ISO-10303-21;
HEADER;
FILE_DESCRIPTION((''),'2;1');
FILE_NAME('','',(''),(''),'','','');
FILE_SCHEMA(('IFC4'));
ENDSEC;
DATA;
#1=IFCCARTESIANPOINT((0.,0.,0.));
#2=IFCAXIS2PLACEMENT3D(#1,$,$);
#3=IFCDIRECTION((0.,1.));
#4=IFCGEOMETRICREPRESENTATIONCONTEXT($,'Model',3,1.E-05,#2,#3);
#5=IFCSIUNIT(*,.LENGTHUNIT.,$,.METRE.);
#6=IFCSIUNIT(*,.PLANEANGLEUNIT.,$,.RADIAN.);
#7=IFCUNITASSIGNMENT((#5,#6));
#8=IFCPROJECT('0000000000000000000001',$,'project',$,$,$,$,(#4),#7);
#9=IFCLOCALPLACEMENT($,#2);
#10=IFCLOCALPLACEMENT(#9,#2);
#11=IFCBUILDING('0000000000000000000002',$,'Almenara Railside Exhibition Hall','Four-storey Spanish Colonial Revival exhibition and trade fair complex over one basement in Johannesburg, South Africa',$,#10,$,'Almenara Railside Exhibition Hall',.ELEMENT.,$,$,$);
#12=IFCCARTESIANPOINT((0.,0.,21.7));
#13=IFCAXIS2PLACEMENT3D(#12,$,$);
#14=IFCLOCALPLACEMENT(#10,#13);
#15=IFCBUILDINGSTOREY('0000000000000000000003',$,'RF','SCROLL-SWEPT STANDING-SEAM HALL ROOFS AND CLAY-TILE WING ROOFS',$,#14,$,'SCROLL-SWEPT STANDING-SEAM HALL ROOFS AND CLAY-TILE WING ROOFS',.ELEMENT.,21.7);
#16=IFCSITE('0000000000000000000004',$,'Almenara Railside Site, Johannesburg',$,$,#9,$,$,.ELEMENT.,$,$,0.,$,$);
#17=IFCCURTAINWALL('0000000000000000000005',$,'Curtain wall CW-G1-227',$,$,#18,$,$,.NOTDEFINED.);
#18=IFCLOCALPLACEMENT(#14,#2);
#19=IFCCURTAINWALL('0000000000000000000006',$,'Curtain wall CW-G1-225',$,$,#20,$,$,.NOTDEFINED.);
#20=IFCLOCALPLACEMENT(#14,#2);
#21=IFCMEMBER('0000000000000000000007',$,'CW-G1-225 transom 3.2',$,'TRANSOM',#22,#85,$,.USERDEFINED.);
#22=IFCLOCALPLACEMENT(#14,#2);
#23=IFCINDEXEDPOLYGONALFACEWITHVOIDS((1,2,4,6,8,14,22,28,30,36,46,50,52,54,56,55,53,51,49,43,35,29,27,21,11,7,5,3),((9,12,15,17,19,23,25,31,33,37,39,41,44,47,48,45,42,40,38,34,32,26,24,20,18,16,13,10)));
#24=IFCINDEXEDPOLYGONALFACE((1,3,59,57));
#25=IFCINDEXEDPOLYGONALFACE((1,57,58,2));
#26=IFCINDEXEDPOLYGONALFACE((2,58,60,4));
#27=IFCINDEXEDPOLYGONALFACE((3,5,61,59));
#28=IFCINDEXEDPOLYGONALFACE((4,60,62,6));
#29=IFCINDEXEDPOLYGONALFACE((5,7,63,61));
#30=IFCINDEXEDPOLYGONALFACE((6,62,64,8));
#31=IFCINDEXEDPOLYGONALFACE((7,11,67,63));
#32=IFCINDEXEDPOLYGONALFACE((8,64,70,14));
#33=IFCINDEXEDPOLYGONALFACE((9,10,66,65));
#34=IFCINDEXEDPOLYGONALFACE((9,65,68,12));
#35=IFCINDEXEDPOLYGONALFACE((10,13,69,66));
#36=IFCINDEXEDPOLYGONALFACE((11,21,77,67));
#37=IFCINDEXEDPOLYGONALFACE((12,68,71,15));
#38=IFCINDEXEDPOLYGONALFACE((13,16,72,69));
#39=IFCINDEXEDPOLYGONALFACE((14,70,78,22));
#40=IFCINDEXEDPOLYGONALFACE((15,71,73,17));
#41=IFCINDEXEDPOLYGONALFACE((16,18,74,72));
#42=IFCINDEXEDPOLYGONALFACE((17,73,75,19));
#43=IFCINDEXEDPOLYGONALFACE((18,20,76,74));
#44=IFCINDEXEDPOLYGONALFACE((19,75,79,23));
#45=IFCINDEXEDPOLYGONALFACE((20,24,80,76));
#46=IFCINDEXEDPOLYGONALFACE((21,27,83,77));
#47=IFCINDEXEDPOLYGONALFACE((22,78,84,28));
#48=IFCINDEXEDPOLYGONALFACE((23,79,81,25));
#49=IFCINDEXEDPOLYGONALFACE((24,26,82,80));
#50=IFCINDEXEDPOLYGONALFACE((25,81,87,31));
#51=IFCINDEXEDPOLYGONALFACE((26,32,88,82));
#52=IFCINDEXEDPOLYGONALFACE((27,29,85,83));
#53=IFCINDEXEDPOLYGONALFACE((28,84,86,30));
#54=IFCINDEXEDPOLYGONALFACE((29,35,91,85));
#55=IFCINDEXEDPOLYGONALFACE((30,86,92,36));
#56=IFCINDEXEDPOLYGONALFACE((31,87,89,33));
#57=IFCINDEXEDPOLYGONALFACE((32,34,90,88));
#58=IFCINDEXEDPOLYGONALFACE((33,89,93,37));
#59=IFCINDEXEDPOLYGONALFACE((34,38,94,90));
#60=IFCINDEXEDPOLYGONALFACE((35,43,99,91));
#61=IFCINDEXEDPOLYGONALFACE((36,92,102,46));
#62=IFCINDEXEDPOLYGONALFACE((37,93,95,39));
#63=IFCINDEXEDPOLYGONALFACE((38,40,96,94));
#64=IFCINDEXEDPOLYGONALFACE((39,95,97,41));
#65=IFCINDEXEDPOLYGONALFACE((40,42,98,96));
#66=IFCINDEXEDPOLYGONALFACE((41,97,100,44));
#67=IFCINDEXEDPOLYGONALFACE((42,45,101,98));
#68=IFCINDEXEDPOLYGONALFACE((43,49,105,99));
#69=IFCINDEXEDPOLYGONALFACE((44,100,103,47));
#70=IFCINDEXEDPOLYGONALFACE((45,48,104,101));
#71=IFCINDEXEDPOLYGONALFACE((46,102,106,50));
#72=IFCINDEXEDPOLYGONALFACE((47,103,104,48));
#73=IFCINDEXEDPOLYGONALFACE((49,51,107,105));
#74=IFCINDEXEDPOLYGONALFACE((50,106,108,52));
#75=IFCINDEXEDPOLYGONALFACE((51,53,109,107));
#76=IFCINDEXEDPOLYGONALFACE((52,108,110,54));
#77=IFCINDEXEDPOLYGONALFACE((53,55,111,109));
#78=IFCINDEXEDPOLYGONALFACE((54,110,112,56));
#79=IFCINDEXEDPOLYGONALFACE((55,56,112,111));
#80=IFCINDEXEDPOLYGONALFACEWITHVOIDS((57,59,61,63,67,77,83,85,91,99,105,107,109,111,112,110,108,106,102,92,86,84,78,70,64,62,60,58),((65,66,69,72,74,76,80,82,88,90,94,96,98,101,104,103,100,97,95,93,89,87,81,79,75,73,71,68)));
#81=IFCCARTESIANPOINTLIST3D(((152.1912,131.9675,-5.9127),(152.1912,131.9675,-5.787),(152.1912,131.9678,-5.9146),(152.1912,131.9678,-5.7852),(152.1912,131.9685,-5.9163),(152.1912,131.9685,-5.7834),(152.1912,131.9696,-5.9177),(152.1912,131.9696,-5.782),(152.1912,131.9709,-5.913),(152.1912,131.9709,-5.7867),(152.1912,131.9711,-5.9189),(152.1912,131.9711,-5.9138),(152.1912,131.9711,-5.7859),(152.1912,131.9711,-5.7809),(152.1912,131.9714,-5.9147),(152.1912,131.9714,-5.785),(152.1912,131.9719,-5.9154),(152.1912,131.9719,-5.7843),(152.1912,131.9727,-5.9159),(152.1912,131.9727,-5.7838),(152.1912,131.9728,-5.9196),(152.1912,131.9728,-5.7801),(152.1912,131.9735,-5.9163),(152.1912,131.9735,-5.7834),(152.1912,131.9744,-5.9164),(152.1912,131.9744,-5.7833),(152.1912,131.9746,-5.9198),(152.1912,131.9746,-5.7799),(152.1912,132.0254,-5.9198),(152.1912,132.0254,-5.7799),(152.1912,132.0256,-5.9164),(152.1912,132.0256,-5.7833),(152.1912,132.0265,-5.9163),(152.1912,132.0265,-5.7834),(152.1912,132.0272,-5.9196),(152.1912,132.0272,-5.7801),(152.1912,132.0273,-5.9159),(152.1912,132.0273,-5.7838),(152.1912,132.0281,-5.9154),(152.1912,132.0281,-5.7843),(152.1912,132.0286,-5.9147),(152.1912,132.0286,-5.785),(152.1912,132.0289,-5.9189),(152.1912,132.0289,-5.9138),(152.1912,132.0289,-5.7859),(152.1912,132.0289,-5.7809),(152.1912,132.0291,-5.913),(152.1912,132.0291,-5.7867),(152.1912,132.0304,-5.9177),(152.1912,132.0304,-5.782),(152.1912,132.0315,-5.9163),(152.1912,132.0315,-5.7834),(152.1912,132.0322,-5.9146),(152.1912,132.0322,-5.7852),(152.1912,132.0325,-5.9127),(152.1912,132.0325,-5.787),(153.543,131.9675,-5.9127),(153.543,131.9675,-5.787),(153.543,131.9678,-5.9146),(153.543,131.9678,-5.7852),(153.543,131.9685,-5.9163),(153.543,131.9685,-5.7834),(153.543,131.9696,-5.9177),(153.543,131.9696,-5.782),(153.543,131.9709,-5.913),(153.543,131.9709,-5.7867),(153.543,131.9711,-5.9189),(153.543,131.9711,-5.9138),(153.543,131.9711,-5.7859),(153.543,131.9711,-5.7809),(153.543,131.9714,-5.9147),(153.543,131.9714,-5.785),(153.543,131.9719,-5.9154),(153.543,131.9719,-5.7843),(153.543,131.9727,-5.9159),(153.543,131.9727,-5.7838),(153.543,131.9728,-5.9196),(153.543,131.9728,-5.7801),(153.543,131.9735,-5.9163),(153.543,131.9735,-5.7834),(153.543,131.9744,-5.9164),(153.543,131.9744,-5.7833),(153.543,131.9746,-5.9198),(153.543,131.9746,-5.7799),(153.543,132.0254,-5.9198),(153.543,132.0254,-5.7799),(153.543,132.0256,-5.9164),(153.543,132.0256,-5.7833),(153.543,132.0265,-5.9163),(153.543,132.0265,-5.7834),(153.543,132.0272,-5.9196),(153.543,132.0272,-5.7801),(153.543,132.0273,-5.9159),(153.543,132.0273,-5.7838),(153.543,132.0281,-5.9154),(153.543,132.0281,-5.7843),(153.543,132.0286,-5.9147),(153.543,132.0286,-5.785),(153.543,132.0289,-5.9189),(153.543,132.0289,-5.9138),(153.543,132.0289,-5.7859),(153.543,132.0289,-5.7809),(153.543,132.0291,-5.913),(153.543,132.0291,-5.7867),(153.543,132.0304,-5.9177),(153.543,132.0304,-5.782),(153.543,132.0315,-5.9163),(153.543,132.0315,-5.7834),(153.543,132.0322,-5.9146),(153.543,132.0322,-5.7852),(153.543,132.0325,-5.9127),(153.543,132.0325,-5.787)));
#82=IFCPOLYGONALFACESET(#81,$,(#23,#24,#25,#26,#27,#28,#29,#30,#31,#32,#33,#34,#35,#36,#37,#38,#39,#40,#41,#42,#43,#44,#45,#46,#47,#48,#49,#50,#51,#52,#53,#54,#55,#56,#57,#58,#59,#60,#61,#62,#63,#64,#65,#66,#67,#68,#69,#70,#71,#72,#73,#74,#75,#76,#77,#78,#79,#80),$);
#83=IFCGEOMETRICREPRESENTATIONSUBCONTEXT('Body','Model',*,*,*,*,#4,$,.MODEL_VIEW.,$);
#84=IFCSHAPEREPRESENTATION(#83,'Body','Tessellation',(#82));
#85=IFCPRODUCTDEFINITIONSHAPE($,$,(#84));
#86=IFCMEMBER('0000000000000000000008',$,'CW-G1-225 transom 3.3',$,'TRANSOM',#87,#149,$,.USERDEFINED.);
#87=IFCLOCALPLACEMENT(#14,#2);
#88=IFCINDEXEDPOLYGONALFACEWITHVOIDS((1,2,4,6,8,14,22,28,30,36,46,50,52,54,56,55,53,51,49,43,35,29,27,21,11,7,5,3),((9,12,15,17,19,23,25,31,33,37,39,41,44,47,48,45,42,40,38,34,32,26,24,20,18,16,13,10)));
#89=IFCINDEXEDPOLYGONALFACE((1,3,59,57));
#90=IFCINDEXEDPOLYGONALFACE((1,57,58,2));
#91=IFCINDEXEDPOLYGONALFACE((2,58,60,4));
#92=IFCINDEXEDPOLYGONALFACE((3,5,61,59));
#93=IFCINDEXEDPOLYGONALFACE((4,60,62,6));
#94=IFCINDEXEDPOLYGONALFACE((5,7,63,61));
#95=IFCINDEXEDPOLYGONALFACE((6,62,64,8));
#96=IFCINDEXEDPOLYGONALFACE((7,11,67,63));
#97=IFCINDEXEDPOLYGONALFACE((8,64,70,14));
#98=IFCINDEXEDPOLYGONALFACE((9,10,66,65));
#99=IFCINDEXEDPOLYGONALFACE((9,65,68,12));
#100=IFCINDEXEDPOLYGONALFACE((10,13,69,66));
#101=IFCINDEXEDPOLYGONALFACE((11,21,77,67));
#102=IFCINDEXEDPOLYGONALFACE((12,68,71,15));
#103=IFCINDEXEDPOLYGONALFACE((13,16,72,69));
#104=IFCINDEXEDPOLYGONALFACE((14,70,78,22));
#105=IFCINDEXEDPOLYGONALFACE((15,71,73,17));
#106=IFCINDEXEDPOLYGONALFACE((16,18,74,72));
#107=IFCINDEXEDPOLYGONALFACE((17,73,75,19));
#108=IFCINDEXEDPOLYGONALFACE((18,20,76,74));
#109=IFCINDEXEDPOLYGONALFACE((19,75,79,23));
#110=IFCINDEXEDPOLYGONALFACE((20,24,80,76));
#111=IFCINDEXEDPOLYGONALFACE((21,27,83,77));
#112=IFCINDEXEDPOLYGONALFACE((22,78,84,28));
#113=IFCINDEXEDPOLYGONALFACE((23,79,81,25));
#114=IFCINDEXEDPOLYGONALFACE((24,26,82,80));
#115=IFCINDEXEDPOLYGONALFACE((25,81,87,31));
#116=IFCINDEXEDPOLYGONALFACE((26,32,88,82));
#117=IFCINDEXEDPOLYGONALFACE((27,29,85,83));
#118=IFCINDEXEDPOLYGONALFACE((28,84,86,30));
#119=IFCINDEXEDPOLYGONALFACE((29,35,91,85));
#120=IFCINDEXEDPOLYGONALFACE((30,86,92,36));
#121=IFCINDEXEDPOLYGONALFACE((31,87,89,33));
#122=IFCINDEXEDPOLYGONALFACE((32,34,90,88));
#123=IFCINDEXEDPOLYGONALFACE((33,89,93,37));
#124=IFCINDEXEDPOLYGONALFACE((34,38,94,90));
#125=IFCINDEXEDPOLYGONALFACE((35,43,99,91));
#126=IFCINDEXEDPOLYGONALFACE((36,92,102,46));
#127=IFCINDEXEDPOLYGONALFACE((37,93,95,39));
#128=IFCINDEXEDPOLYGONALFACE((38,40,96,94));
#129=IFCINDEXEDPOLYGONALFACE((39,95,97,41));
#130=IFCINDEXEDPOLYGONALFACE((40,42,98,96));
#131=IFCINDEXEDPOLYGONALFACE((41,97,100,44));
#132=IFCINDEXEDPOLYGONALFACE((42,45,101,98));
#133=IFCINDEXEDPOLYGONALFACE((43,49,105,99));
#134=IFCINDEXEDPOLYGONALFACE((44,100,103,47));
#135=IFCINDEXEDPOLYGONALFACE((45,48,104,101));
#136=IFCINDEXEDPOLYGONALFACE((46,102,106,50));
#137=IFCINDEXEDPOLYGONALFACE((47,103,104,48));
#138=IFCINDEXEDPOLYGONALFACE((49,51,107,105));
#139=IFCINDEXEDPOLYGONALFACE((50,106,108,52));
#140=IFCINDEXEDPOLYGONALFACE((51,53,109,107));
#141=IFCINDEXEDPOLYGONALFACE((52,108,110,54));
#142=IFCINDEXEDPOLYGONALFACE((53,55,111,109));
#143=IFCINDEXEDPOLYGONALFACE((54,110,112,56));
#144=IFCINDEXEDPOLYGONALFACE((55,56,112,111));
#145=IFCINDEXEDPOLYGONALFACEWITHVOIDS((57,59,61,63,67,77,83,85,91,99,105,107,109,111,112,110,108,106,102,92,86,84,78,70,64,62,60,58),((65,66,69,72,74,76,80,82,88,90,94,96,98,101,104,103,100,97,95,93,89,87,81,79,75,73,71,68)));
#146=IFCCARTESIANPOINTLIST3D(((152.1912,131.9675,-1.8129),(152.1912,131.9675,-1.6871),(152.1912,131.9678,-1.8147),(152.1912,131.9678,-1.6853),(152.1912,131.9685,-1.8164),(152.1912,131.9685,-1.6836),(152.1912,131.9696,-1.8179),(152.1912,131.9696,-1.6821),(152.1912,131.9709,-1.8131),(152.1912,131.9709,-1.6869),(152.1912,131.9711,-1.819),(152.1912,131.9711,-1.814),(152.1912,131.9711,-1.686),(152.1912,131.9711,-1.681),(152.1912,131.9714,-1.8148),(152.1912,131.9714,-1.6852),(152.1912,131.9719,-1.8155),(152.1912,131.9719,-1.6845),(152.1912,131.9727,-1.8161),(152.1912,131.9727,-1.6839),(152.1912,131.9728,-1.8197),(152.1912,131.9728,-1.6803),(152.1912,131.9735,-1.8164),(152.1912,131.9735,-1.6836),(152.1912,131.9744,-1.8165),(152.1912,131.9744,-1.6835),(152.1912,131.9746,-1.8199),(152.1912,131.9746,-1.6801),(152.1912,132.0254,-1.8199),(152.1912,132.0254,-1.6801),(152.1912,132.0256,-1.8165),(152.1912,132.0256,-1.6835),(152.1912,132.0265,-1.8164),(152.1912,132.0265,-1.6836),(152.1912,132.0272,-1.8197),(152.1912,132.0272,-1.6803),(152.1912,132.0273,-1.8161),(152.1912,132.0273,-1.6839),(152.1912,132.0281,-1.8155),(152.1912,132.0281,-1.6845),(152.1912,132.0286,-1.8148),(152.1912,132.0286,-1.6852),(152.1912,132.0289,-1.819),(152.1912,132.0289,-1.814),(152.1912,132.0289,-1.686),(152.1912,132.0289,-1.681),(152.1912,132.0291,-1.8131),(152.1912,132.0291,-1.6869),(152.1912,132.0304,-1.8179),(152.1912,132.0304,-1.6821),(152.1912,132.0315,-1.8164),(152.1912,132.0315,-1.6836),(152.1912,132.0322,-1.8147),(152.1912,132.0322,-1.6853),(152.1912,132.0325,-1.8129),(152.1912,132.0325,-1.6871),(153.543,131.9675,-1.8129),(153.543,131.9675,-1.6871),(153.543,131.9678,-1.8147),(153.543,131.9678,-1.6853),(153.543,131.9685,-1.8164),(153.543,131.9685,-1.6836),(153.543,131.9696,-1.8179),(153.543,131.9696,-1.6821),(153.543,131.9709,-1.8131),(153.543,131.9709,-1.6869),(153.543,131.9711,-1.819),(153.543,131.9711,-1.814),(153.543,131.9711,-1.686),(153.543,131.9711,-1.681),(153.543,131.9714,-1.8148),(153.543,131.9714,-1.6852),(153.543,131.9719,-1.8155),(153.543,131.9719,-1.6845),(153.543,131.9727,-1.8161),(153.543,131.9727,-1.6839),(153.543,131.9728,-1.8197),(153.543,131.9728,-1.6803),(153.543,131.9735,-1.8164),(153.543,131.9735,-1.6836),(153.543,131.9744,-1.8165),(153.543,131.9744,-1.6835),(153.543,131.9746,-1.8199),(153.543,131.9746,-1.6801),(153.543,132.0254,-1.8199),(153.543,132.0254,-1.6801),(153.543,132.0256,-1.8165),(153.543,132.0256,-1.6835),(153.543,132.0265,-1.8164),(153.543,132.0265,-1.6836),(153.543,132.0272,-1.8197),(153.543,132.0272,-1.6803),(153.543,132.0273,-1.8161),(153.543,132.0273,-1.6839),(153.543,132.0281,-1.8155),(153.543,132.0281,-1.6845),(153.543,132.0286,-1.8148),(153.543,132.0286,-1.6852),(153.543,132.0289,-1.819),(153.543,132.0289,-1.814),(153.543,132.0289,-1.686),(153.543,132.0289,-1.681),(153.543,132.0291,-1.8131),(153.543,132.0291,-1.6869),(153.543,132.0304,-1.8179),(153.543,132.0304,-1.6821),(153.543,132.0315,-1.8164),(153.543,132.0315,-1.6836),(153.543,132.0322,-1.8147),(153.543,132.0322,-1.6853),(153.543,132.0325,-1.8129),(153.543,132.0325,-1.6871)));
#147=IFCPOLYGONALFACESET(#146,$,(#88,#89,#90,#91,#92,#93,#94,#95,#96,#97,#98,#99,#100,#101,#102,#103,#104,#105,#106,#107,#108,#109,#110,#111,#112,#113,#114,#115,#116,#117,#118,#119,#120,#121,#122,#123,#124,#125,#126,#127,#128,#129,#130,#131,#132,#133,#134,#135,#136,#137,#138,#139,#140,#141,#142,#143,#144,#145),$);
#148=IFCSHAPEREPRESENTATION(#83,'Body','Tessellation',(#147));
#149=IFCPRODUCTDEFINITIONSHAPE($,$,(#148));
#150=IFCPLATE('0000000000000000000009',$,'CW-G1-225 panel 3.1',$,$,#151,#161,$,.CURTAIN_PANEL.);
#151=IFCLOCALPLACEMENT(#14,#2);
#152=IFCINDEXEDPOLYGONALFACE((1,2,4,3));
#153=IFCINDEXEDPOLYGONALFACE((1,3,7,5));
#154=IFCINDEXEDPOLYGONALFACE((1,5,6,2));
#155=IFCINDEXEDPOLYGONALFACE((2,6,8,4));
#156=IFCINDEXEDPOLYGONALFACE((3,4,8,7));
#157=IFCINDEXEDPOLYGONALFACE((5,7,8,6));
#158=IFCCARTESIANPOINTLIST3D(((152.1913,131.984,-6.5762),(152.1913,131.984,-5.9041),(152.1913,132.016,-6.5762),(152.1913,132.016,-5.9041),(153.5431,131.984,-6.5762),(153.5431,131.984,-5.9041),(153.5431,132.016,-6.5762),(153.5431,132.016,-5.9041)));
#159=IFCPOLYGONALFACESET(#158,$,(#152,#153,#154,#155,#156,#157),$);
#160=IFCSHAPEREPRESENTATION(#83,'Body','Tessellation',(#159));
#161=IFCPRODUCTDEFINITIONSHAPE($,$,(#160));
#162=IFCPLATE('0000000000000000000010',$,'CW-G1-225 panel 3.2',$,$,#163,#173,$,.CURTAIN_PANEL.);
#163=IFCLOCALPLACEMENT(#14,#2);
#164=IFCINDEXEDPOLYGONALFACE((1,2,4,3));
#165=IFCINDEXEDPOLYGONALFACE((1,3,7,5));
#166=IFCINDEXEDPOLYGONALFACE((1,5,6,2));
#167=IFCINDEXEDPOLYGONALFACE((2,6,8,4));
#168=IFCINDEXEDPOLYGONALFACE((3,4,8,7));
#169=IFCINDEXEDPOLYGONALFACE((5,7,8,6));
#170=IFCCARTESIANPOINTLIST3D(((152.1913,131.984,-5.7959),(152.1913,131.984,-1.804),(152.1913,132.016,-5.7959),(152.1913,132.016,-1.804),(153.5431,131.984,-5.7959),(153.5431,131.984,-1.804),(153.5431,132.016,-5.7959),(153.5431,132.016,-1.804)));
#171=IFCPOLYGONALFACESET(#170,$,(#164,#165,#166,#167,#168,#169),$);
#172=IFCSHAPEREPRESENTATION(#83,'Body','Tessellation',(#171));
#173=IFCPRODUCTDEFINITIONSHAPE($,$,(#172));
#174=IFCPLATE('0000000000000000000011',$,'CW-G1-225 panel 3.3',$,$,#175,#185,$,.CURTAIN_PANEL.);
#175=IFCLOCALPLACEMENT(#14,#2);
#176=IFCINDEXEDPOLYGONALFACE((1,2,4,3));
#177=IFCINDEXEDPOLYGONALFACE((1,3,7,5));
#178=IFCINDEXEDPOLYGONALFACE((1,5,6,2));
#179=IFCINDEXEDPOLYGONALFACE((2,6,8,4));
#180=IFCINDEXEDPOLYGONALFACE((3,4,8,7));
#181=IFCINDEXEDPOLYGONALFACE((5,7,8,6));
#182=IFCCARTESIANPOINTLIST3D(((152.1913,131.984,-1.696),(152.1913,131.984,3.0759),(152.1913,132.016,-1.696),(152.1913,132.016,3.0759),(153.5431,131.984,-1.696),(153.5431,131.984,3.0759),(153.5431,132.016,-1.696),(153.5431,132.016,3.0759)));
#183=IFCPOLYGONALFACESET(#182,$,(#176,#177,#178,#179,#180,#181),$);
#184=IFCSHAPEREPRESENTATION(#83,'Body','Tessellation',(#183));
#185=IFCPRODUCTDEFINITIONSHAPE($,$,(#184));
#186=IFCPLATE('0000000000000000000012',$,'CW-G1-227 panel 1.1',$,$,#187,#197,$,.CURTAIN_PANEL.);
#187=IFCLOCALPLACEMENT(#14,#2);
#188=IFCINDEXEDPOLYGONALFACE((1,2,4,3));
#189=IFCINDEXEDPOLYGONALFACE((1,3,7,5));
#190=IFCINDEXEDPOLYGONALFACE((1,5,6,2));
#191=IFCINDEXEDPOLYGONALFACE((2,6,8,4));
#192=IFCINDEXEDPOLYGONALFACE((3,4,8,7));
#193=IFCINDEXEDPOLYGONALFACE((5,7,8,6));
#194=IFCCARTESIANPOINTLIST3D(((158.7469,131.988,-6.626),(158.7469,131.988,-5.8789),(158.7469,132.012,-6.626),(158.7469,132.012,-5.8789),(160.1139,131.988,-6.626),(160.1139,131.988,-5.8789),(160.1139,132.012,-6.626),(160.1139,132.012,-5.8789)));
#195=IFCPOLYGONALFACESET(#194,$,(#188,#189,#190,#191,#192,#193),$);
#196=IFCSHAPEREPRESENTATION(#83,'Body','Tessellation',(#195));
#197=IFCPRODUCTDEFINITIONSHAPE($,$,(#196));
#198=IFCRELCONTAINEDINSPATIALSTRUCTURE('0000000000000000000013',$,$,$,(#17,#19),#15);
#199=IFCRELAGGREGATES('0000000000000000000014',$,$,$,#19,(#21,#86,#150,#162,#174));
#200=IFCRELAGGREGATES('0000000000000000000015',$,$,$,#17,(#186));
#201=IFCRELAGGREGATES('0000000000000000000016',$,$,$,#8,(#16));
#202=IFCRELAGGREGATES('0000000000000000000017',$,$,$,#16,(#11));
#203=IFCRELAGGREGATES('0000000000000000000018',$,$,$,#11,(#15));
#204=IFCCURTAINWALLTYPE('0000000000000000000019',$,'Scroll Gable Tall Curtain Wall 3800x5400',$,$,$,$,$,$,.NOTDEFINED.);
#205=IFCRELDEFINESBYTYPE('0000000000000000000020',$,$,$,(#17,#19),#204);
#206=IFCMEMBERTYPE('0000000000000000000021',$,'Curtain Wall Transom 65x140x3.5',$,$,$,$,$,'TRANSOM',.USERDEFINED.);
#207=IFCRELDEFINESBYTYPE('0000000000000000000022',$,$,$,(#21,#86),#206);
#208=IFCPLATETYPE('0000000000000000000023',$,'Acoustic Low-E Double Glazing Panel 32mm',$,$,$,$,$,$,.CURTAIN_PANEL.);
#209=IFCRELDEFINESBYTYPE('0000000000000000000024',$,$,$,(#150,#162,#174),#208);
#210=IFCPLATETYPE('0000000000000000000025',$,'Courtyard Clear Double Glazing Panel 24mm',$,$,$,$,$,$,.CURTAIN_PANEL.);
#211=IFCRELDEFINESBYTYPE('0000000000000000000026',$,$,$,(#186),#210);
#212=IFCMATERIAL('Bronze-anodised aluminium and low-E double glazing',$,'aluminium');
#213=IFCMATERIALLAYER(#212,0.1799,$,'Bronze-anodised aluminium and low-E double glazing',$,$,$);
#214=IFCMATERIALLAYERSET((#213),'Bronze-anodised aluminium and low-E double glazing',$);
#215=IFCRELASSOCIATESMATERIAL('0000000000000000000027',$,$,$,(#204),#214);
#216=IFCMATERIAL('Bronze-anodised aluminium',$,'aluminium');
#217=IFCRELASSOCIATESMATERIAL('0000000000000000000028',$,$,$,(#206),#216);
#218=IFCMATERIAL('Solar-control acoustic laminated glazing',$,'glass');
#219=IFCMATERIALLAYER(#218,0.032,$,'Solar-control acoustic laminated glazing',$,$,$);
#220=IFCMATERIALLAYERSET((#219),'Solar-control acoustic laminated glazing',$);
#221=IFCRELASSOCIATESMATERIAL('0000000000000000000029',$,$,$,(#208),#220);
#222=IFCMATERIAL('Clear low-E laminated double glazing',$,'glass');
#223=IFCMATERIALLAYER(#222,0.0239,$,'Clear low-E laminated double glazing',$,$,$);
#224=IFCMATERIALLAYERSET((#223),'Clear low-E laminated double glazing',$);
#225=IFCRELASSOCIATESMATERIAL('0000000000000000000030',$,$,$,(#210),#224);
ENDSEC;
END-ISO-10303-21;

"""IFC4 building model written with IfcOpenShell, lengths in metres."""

from ifc_helpers import new_model, si_unit, direction, frame, origin, origin_2d, place, context, subcontext, project, spatial, rectangle, hollow_rectangle, extrude, material, layer, layer_set, material_profile, profile_set, type_object, element, aggregate, save


model = new_model("IFC4")

# Units and contexts
model_context = context("Model", 3, precision=1e-05, world=origin(), true_north=direction((0.0, 1.0)))
body_context = subcontext(model_context, "Body", "Model", "MODEL_VIEW")
ifc_project = project(units=[si_unit("LENGTHUNIT", "METRE"), si_unit("PLANEANGLEUNIT", "RADIAN")], contexts=[model_context])

# Site, building, storey
site_placement = place(None, origin())
site = spatial("IfcSite", under=ifc_project, at=site_placement, Name="Almenara Railside Site, Johannesburg", CompositionType="ELEMENT", RefElevation=0.0)
building_placement = place(site_placement, origin())
building = spatial("IfcBuilding", under=site, at=building_placement, Name="Almenara Railside Exhibition Hall", Description="Four-storey Spanish Colonial Revival exhibition and trade fair complex over one basement in Johannesburg, South Africa", LongName="Almenara Railside Exhibition Hall", CompositionType="ELEMENT")
storey_placement = place(building_placement, frame((0.0, 0.0, 21.7)))
storey = spatial("IfcBuildingStorey", under=building, at=storey_placement, Name="RF", Description="SCROLL-SWEPT STANDING-SEAM HALL ROOFS AND CLAY-TILE WING ROOFS", LongName="SCROLL-SWEPT STANDING-SEAM HALL ROOFS AND CLAY-TILE WING ROOFS", CompositionType="ELEMENT", Elevation=21.7)

# Curtain walls
ifc_material_1 = material(Name="Bronze-anodised aluminium and low-E double glazing", Category="aluminium")
ifc_layer_1 = layer(ifc_material_1, 0.1799, Name="Bronze-anodised aluminium and low-E double glazing")
ifc_layer_set_1 = layer_set([ifc_layer_1], Name="Bronze-anodised aluminium and low-E double glazing")
curtain_wall_type = type_object("IfcCurtainWallType", Name="Scroll Gable Tall Curtain Wall 3800x5400", PredefinedType="NOTDEFINED", material=ifc_layer_set_1)
curtain_wall_1_placement = place(storey_placement, origin())
curtain_wall_1 = element("IfcCurtainWall", 1, at=curtain_wall_1_placement, inside=storey, type_object=curtain_wall_type, Name="Curtain wall CW-G1-227", PredefinedType="NOTDEFINED")
ifc_material_2 = material(Name="Bronze-anodised aluminium", Category="aluminium")
curtain_wall_2_placement = place(storey_placement, origin())
curtain_wall_2 = element("IfcCurtainWall", 2, at=curtain_wall_2_placement, inside=storey, type_object=curtain_wall_type, Name="Curtain wall CW-G1-225", PredefinedType="NOTDEFINED")

# Members
ifc_material_profile_1 = material_profile(ifc_material_2, hollow_rectangle(XDim=0.0649, YDim=0.1399, WallThickness=0.0034, InnerFilletRadius=0.0034, OuterFilletRadius=0.0071, at=origin_2d()), Name="ALU-TRN 65x140x3.5")
ifc_profile_set_1 = profile_set([ifc_material_profile_1], Name="Bronze-anodised aluminium")
member_type_1 = type_object("IfcMemberType", Name="Curtain Wall Transom 65x140x3.5", ElementType="TRANSOM", PredefinedType="USERDEFINED", material=ifc_profile_set_1)
member_1_placement = place(storey_placement, frame((152.1912, 132.0, -5.8499), z_axis=(1.0, 0.0, 0.0), x_axis=(0.0, 1.0, 0.0)))
member_1 = element("IfcMember", 3, at=member_1_placement, type_object=member_type_1, Name="CW-G1-225 transom 3.2", ObjectType="TRANSOM", PredefinedType="USERDEFINED", context=body_context, shape_type="SweptSolid", body=[
    extrude(hollow_rectangle(XDim=0.0649, YDim=0.1399, WallThickness=0.0034, InnerFilletRadius=0.0034, OuterFilletRadius=0.0071, at=origin_2d()), origin(), (0.0, 0.0, 1.0), 1.3518),
])
member_2_placement = place(storey_placement, frame((152.1912, 132.0, -1.75), z_axis=(1.0, 0.0, 0.0), x_axis=(0.0, 1.0, 0.0)))
member_2 = element("IfcMember", 4, at=member_2_placement, type_object=member_type_1, Name="CW-G1-225 transom 3.3", ObjectType="TRANSOM", PredefinedType="USERDEFINED", context=body_context, shape_type="SweptSolid", body=[
    extrude(hollow_rectangle(XDim=0.0649, YDim=0.1399, WallThickness=0.0034, InnerFilletRadius=0.0034, OuterFilletRadius=0.0071, at=origin_2d()), origin(), (0.0, 0.0, 1.0), 1.3518),
])

# Plates
ifc_material_3 = material(Name="Solar-control acoustic laminated glazing", Category="glass")
ifc_layer_2 = layer(ifc_material_3, 0.032, Name="Solar-control acoustic laminated glazing")
ifc_layer_set_2 = layer_set([ifc_layer_2], Name="Solar-control acoustic laminated glazing")
plate_type_1 = type_object("IfcPlateType", Name="Acoustic Low-E Double Glazing Panel 32mm", PredefinedType="CURTAIN_PANEL", material=ifc_layer_set_2)
plate_1_placement = place(storey_placement, frame((152.8672, 132.0, -6.5762), z_axis=(0.0, 0.0, 1.0), x_axis=(1.0, 0.0, 0.0)))
plate_1 = element("IfcPlate", 5, at=plate_1_placement, type_object=plate_type_1, Name="CW-G1-225 panel 3.1", PredefinedType="CURTAIN_PANEL", context=body_context, shape_type="SweptSolid", body=[
    extrude(rectangle(XDim=1.3518, YDim=0.032, at=origin_2d()), origin(), (0.0, 0.0, 1.0), 0.6721),
])
plate_2_placement = place(storey_placement, frame((152.8672, 132.0, -5.7959), z_axis=(0.0, 0.0, 1.0), x_axis=(1.0, 0.0, 0.0)))
plate_2 = element("IfcPlate", 6, at=plate_2_placement, type_object=plate_type_1, Name="CW-G1-225 panel 3.2", PredefinedType="CURTAIN_PANEL", context=body_context, shape_type="SweptSolid", body=[
    extrude(rectangle(XDim=1.3518, YDim=0.032, at=origin_2d()), origin(), (0.0, 0.0, 1.0), 3.9919),
])
plate_3_placement = place(storey_placement, frame((152.8672, 132.0, -1.696), z_axis=(0.0, 0.0, 1.0), x_axis=(1.0, 0.0, 0.0)))
plate_3 = element("IfcPlate", 7, at=plate_3_placement, type_object=plate_type_1, Name="CW-G1-225 panel 3.3", PredefinedType="CURTAIN_PANEL", context=body_context, shape_type="SweptSolid", body=[
    extrude(rectangle(XDim=1.3518, YDim=0.032, at=origin_2d()), origin(), (0.0, 0.0, 1.0), 4.772),
])
aggregate(curtain_wall_2, [member_1, member_2, plate_1, plate_2, plate_3])
ifc_material_4 = material(Name="Clear low-E laminated double glazing", Category="glass")
ifc_layer_3 = layer(ifc_material_4, 0.0239, Name="Clear low-E laminated double glazing")
ifc_layer_set_3 = layer_set([ifc_layer_3], Name="Clear low-E laminated double glazing")
plate_type_2 = type_object("IfcPlateType", Name="Courtyard Clear Double Glazing Panel 24mm", PredefinedType="CURTAIN_PANEL", material=ifc_layer_set_3)
plate_4_placement = place(storey_placement, frame((159.4304, 132.0, -6.626), z_axis=(0.0, 0.0, 1.0), x_axis=(1.0, 0.0, 0.0)))
plate_4 = element("IfcPlate", 8, at=plate_4_placement, type_object=plate_type_2, Name="CW-G1-227 panel 1.1", PredefinedType="CURTAIN_PANEL", context=body_context, shape_type="SweptSolid", body=[
    extrude(rectangle(XDim=1.3669, YDim=0.0239, at=origin_2d()), origin(), (0.0, 0.0, 1.0), 0.7471),
])
aggregate(curtain_wall_1, [plate_4])

save(model, "model.ifc")
